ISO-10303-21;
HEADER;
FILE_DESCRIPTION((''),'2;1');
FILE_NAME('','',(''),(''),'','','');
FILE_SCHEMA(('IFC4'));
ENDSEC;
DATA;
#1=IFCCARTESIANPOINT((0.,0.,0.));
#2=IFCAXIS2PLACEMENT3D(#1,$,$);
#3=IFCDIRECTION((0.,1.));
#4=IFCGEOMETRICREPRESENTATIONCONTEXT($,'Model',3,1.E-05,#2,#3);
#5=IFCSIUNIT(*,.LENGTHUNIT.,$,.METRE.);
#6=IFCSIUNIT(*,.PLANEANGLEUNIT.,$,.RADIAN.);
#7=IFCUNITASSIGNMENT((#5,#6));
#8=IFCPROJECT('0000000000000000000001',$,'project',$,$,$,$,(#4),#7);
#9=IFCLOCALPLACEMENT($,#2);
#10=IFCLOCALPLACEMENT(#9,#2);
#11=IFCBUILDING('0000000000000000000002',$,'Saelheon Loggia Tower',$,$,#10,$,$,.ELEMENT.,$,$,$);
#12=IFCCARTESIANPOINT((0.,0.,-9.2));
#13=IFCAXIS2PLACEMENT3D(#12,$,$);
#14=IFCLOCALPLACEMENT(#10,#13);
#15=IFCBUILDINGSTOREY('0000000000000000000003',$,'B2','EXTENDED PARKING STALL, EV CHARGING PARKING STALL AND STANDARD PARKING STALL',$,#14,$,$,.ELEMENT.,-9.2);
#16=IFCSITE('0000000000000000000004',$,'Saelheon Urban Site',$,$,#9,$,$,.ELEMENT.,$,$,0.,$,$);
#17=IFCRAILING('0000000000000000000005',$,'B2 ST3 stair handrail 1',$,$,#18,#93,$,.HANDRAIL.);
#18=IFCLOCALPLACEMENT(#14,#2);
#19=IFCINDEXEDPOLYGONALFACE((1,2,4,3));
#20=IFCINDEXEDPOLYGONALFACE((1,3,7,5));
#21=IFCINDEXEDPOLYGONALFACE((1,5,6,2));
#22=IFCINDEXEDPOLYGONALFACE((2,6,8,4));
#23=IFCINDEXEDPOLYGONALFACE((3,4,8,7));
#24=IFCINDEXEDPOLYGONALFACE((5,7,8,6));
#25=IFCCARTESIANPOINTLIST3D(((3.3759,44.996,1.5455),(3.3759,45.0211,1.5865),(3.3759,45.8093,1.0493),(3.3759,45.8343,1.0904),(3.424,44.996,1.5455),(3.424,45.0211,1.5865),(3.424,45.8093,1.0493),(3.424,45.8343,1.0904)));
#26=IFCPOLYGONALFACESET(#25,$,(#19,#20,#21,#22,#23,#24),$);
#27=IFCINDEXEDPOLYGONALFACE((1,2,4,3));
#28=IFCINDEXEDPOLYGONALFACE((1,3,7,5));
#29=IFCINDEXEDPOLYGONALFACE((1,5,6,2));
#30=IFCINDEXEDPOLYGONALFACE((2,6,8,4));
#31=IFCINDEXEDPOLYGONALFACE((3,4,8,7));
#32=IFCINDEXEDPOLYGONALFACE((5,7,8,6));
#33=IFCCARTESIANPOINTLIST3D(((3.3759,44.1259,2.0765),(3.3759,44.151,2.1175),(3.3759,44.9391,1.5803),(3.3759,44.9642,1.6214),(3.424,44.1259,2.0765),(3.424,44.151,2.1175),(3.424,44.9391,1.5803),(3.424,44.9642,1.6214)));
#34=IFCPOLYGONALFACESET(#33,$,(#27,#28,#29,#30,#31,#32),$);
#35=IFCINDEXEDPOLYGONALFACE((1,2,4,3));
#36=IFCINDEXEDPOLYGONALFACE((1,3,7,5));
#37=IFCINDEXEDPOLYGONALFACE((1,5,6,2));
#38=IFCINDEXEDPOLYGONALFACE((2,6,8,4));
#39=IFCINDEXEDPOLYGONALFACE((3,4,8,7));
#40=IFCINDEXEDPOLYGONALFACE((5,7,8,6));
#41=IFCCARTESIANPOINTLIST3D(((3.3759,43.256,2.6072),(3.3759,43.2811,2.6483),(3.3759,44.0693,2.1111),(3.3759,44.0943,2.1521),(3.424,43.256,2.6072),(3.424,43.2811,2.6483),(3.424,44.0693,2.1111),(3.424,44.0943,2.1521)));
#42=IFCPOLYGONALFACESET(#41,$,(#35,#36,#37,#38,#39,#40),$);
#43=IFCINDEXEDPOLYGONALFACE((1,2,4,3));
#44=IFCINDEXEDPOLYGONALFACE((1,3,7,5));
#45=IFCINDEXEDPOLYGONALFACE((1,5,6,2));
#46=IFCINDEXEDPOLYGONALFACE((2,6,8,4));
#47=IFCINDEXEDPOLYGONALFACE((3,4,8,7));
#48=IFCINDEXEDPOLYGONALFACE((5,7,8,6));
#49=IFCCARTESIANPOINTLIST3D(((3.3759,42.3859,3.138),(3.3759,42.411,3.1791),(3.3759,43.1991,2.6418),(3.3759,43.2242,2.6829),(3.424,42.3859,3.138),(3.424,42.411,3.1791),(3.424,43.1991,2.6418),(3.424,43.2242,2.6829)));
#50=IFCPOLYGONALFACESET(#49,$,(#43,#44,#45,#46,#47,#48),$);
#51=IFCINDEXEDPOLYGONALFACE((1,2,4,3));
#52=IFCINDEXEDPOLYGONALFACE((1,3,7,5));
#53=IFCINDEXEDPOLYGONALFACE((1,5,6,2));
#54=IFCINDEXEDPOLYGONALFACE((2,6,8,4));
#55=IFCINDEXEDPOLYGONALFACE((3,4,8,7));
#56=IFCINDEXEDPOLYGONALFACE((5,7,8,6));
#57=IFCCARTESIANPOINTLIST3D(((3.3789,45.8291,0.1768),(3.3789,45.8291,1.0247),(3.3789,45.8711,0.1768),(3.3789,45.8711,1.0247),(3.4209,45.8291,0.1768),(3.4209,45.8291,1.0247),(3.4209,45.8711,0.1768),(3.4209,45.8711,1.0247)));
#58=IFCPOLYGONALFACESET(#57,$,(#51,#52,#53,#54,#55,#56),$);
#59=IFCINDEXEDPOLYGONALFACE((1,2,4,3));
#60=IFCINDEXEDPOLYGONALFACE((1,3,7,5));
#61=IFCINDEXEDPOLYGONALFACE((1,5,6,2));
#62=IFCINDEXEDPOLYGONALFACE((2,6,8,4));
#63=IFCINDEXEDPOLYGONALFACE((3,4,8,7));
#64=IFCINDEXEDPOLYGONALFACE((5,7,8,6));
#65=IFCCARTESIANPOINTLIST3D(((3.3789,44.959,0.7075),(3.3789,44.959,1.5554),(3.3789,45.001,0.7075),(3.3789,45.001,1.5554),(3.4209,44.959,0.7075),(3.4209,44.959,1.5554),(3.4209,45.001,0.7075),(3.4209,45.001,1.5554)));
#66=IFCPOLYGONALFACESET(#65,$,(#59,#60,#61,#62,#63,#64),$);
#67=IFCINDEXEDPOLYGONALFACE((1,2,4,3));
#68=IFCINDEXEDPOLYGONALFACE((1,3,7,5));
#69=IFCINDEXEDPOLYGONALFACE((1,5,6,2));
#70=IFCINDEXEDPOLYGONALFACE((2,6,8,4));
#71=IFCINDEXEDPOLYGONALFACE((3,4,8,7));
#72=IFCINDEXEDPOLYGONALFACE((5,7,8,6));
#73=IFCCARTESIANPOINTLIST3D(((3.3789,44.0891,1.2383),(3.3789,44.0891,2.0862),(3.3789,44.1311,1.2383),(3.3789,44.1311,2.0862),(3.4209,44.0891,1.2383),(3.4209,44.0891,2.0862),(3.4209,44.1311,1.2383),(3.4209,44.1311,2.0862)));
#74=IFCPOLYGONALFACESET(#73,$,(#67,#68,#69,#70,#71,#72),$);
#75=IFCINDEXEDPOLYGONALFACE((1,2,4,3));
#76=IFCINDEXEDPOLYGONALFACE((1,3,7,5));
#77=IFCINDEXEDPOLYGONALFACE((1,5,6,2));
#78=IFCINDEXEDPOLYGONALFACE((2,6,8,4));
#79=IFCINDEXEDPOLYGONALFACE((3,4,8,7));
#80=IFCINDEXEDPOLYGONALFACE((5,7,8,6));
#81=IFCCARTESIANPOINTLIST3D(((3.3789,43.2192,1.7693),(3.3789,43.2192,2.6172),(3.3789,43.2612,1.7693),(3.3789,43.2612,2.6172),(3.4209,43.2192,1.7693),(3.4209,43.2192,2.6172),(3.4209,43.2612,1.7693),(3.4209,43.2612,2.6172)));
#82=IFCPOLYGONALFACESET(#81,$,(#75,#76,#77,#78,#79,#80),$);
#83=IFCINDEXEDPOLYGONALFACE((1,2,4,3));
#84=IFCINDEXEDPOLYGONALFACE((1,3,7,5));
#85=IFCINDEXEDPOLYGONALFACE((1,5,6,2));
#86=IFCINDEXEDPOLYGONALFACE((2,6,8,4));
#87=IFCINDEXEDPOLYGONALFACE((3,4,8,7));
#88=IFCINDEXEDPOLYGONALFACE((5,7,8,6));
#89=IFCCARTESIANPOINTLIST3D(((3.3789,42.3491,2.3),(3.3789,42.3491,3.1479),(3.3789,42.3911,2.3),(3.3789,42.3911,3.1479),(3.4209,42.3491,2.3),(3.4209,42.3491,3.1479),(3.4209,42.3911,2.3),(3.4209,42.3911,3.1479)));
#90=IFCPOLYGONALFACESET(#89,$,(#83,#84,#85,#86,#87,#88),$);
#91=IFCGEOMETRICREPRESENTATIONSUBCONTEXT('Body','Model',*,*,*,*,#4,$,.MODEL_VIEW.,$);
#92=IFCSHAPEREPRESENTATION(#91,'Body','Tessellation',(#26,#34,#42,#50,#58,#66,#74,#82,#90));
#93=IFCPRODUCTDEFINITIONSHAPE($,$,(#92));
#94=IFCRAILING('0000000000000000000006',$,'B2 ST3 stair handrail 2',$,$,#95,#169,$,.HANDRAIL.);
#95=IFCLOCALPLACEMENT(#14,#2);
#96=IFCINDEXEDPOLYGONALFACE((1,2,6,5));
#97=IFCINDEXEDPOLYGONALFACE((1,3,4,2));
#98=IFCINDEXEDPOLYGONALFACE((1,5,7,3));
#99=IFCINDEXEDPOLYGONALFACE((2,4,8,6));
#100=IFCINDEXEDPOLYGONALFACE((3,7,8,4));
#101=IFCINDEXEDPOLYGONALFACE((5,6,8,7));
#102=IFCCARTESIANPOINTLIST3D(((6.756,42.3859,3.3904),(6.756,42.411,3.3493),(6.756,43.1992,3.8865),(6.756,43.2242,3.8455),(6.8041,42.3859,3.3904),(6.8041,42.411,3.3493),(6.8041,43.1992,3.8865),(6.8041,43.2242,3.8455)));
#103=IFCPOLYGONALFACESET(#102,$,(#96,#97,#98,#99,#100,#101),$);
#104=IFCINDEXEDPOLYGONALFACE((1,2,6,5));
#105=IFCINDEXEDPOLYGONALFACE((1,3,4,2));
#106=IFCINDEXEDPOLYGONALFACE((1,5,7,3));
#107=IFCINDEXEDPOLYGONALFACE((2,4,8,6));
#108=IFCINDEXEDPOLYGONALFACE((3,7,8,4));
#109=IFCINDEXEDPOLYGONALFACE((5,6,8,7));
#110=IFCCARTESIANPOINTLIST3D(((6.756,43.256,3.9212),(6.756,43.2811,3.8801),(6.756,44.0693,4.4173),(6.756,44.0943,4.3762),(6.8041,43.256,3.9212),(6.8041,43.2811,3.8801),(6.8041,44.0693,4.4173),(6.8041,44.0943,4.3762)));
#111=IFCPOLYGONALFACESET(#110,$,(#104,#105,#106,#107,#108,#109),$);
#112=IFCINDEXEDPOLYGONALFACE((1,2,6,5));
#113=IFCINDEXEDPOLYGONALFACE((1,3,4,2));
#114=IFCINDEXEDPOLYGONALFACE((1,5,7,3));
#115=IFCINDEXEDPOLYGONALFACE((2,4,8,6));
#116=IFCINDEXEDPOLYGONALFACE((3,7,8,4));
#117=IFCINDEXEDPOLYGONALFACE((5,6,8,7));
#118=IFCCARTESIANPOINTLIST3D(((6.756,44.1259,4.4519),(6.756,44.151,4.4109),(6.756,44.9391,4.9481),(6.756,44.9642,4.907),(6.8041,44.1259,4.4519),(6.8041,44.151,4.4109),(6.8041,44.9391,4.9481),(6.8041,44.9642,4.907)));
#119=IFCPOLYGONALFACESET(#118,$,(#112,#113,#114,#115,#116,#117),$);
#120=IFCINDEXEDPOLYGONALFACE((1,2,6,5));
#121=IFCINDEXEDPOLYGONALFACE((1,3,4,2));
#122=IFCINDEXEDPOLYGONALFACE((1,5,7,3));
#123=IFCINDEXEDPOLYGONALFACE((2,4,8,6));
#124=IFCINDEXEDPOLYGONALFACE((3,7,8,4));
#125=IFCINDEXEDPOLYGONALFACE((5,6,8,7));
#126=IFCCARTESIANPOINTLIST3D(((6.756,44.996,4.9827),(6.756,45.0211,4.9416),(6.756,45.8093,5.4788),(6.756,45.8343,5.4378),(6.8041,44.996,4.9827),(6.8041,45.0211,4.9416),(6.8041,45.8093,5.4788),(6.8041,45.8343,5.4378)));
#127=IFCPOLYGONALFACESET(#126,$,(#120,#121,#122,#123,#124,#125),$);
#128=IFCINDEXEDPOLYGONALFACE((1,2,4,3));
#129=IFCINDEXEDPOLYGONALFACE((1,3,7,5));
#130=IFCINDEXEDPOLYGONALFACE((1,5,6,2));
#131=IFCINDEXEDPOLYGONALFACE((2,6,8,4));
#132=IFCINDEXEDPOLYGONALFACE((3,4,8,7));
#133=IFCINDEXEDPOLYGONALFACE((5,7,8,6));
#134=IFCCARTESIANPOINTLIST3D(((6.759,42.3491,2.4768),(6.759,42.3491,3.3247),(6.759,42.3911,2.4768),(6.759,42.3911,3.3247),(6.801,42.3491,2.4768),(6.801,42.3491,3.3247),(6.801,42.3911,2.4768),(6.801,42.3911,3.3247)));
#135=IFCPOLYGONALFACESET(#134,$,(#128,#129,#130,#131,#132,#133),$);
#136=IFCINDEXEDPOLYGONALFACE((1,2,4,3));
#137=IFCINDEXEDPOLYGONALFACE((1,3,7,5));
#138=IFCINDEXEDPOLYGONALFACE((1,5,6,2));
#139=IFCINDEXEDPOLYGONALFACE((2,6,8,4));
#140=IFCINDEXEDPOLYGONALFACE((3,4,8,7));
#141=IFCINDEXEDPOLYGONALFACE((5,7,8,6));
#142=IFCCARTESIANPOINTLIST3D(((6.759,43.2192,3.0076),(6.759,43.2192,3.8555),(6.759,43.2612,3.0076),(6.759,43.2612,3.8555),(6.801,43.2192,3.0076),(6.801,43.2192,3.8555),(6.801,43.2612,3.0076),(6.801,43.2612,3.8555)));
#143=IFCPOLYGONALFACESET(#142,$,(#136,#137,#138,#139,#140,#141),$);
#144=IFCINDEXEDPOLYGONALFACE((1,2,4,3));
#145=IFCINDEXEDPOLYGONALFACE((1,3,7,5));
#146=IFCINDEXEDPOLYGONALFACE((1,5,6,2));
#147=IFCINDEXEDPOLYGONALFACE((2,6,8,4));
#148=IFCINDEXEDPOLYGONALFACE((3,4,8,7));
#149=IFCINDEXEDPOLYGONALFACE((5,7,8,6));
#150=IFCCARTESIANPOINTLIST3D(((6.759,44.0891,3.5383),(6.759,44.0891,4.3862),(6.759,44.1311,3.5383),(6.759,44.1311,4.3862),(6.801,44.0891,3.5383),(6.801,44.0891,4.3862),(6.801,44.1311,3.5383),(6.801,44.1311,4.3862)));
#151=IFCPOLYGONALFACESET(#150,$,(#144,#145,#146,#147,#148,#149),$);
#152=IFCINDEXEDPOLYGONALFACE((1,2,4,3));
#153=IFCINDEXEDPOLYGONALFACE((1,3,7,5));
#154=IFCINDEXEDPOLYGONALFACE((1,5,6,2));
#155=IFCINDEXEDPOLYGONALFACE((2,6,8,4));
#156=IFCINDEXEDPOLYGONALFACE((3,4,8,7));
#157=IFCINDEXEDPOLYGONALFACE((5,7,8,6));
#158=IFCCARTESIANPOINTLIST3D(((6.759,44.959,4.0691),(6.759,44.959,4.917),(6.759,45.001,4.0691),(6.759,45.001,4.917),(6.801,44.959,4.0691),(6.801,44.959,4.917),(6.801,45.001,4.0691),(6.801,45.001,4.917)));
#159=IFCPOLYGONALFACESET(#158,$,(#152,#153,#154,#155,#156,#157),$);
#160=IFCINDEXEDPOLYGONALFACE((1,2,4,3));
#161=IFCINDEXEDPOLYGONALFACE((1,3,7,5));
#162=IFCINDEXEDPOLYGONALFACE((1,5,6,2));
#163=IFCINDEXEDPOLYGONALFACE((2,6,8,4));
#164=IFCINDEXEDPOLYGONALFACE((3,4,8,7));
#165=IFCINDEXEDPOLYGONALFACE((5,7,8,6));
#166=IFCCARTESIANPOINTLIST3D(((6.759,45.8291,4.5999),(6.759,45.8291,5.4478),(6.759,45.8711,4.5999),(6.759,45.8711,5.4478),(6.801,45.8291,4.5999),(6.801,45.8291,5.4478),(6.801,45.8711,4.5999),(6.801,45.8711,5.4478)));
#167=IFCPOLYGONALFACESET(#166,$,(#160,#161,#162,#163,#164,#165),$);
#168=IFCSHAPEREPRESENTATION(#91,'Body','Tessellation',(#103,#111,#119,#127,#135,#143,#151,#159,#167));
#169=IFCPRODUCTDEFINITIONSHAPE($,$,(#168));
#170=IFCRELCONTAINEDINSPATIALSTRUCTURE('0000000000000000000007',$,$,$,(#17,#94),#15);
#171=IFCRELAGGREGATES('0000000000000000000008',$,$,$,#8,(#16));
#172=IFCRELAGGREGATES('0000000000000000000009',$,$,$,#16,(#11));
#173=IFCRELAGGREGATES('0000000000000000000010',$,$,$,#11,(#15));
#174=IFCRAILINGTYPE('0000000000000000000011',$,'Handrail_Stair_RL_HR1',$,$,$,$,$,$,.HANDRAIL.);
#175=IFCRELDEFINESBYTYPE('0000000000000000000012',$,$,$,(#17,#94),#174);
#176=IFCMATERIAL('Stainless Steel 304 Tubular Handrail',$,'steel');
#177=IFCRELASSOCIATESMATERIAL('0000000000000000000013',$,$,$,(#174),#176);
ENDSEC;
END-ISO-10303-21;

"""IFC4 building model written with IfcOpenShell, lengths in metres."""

from ifc_helpers import new_model, si_unit, direction, frame, origin, origin_2d, place, context, subcontext, project, spatial, rectangle, extrude, material, type_object, element, save


model = new_model("IFC4")

# Units and contexts
model_context = context("Model", 3, precision=1e-05, world=origin(), true_north=direction((0.0, 1.0)))
body_context = subcontext(model_context, "Body", "Model", "MODEL_VIEW")
ifc_project = project(units=[si_unit("LENGTHUNIT", "METRE"), si_unit("PLANEANGLEUNIT", "RADIAN")], contexts=[model_context])

# Site, building, storey
site_placement = place(None, origin())
site = spatial("IfcSite", under=ifc_project, at=site_placement, Name="Saelheon Urban Site", CompositionType="ELEMENT", RefElevation=0.0)
building_placement = place(site_placement, origin())
building = spatial("IfcBuilding", under=site, at=building_placement, Name="Saelheon Loggia Tower", CompositionType="ELEMENT")
storey_placement = place(building_placement, frame((0.0, 0.0, -9.2)))
storey = spatial("IfcBuildingStorey", under=building, at=storey_placement, Name="B2", Description="EXTENDED PARKING STALL, EV CHARGING PARKING STALL AND STANDARD PARKING STALL", CompositionType="ELEMENT", Elevation=-9.2)

# Railings
ifc_material_1 = material(Name="Stainless Steel 304 Tubular Handrail", Category="steel")
railing_type_1 = type_object("IfcRailingType", Name="Handrail_Stair_RL_HR1", PredefinedType="HANDRAIL", material=ifc_material_1)
railing_1_placement = place(storey_placement, frame((3.3999, 45.8501, 0.1768)))
element("IfcRailing", 1, at=railing_1_placement, inside=storey, type_object=railing_type_1, Name="B2 ST3 stair handrail 1", PredefinedType="HANDRAIL", context=body_context, shape_type="SweptSolid", body=[
    extrude(rectangle(XDim=0.0481, YDim=0.0481, at=origin_2d()), frame((0.0, -0.0283, 0.8931), z_axis=(0.0, -0.853649, 0.520849), x_axis=(1.0, 0.0, 0.0)), (0.0, 0.0, 1.0), 0.9526),
    extrude(rectangle(XDim=0.0481, YDim=0.0481, at=origin_2d()), frame((0.0, -0.8984, 1.4241), z_axis=(0.0, -0.853649, 0.520849), x_axis=(1.0, 0.0, 0.0)), (0.0, 0.0, 1.0), 0.9526),
    extrude(rectangle(XDim=0.0481, YDim=0.0481, at=origin_2d()), frame((0.0, -1.7683, 1.9548), z_axis=(0.0, -0.853649, 0.520849), x_axis=(1.0, 0.0, 0.0)), (0.0, 0.0, 1.0), 0.9526),
    extrude(rectangle(XDim=0.0481, YDim=0.0481, at=origin_2d()), frame((0.0, -2.6384, 2.4856), z_axis=(0.0, -0.853649, 0.520849), x_axis=(1.0, 0.0, 0.0)), (0.0, 0.0, 1.0), 0.9526),
    extrude(rectangle(XDim=0.042, YDim=0.042, at=origin_2d()), origin(), (0.0, 0.0, 1.0), 0.8479),
    extrude(rectangle(XDim=0.042, YDim=0.042, at=origin_2d()), frame((0.0, -0.8701, 0.5308)), (0.0, 0.0, 1.0), 0.8479),
    extrude(rectangle(XDim=0.042, YDim=0.042, at=origin_2d()), frame((0.0, -1.74, 1.0615)), (0.0, 0.0, 1.0), 0.8479),
    extrude(rectangle(XDim=0.042, YDim=0.042, at=origin_2d()), frame((0.0, -2.6099, 1.5925)), (0.0, 0.0, 1.0), 0.8479),
    extrude(rectangle(XDim=0.042, YDim=0.042, at=origin_2d()), frame((0.0, -3.48, 2.1233)), (0.0, 0.0, 1.0), 0.8479),
])
railing_2_placement = place(storey_placement, frame((6.78, 42.3701, 2.4768)))
element("IfcRailing", 2, at=railing_2_placement, inside=storey, type_object=railing_type_1, Name="B2 ST3 stair handrail 2", PredefinedType="HANDRAIL", context=body_context, shape_type="SweptSolid", body=[
    extrude(rectangle(XDim=0.0481, YDim=0.0481, at=origin_2d()), frame((0.0, 0.0283, 0.8931), z_axis=(0.0, 0.853675, 0.520805), x_axis=(-1.0, 0.0, 0.0)), (0.0, 0.0, 1.0), 0.9526),
    extrude(rectangle(XDim=0.0481, YDim=0.0481, at=origin_2d()), frame((0.0, 0.8984, 1.4238), z_axis=(0.0, 0.853675, 0.520805), x_axis=(-1.0, 0.0, 0.0)), (0.0, 0.0, 1.0), 0.9526),
    extrude(rectangle(XDim=0.0481, YDim=0.0481, at=origin_2d()), frame((0.0, 1.7683, 1.9546), z_axis=(0.0, 0.853675, 0.520805), x_axis=(-1.0, 0.0, 0.0)), (0.0, 0.0, 1.0), 0.9526),
    extrude(rectangle(XDim=0.0481, YDim=0.0481, at=origin_2d()), frame((0.0, 2.6384, 2.4854), z_axis=(0.0, 0.853675, 0.520805), x_axis=(-1.0, 0.0, 0.0)), (0.0, 0.0, 1.0), 0.9526),
    extrude(rectangle(XDim=0.042, YDim=0.042, at=origin_2d()), origin(), (0.0, 0.0, 1.0), 0.8479),
    extrude(rectangle(XDim=0.042, YDim=0.042, at=origin_2d()), frame((0.0, 0.8701, 0.5308)), (0.0, 0.0, 1.0), 0.8479),
    extrude(rectangle(XDim=0.042, YDim=0.042, at=origin_2d()), frame((0.0, 1.74, 1.0615)), (0.0, 0.0, 1.0), 0.8479),
    extrude(rectangle(XDim=0.042, YDim=0.042, at=origin_2d()), frame((0.0, 2.6099, 1.5923)), (0.0, 0.0, 1.0), 0.8479),
    extrude(rectangle(XDim=0.042, YDim=0.042, at=origin_2d()), frame((0.0, 3.48, 2.123)), (0.0, 0.0, 1.0), 0.8479),
])

save(model, "model.ifc")
